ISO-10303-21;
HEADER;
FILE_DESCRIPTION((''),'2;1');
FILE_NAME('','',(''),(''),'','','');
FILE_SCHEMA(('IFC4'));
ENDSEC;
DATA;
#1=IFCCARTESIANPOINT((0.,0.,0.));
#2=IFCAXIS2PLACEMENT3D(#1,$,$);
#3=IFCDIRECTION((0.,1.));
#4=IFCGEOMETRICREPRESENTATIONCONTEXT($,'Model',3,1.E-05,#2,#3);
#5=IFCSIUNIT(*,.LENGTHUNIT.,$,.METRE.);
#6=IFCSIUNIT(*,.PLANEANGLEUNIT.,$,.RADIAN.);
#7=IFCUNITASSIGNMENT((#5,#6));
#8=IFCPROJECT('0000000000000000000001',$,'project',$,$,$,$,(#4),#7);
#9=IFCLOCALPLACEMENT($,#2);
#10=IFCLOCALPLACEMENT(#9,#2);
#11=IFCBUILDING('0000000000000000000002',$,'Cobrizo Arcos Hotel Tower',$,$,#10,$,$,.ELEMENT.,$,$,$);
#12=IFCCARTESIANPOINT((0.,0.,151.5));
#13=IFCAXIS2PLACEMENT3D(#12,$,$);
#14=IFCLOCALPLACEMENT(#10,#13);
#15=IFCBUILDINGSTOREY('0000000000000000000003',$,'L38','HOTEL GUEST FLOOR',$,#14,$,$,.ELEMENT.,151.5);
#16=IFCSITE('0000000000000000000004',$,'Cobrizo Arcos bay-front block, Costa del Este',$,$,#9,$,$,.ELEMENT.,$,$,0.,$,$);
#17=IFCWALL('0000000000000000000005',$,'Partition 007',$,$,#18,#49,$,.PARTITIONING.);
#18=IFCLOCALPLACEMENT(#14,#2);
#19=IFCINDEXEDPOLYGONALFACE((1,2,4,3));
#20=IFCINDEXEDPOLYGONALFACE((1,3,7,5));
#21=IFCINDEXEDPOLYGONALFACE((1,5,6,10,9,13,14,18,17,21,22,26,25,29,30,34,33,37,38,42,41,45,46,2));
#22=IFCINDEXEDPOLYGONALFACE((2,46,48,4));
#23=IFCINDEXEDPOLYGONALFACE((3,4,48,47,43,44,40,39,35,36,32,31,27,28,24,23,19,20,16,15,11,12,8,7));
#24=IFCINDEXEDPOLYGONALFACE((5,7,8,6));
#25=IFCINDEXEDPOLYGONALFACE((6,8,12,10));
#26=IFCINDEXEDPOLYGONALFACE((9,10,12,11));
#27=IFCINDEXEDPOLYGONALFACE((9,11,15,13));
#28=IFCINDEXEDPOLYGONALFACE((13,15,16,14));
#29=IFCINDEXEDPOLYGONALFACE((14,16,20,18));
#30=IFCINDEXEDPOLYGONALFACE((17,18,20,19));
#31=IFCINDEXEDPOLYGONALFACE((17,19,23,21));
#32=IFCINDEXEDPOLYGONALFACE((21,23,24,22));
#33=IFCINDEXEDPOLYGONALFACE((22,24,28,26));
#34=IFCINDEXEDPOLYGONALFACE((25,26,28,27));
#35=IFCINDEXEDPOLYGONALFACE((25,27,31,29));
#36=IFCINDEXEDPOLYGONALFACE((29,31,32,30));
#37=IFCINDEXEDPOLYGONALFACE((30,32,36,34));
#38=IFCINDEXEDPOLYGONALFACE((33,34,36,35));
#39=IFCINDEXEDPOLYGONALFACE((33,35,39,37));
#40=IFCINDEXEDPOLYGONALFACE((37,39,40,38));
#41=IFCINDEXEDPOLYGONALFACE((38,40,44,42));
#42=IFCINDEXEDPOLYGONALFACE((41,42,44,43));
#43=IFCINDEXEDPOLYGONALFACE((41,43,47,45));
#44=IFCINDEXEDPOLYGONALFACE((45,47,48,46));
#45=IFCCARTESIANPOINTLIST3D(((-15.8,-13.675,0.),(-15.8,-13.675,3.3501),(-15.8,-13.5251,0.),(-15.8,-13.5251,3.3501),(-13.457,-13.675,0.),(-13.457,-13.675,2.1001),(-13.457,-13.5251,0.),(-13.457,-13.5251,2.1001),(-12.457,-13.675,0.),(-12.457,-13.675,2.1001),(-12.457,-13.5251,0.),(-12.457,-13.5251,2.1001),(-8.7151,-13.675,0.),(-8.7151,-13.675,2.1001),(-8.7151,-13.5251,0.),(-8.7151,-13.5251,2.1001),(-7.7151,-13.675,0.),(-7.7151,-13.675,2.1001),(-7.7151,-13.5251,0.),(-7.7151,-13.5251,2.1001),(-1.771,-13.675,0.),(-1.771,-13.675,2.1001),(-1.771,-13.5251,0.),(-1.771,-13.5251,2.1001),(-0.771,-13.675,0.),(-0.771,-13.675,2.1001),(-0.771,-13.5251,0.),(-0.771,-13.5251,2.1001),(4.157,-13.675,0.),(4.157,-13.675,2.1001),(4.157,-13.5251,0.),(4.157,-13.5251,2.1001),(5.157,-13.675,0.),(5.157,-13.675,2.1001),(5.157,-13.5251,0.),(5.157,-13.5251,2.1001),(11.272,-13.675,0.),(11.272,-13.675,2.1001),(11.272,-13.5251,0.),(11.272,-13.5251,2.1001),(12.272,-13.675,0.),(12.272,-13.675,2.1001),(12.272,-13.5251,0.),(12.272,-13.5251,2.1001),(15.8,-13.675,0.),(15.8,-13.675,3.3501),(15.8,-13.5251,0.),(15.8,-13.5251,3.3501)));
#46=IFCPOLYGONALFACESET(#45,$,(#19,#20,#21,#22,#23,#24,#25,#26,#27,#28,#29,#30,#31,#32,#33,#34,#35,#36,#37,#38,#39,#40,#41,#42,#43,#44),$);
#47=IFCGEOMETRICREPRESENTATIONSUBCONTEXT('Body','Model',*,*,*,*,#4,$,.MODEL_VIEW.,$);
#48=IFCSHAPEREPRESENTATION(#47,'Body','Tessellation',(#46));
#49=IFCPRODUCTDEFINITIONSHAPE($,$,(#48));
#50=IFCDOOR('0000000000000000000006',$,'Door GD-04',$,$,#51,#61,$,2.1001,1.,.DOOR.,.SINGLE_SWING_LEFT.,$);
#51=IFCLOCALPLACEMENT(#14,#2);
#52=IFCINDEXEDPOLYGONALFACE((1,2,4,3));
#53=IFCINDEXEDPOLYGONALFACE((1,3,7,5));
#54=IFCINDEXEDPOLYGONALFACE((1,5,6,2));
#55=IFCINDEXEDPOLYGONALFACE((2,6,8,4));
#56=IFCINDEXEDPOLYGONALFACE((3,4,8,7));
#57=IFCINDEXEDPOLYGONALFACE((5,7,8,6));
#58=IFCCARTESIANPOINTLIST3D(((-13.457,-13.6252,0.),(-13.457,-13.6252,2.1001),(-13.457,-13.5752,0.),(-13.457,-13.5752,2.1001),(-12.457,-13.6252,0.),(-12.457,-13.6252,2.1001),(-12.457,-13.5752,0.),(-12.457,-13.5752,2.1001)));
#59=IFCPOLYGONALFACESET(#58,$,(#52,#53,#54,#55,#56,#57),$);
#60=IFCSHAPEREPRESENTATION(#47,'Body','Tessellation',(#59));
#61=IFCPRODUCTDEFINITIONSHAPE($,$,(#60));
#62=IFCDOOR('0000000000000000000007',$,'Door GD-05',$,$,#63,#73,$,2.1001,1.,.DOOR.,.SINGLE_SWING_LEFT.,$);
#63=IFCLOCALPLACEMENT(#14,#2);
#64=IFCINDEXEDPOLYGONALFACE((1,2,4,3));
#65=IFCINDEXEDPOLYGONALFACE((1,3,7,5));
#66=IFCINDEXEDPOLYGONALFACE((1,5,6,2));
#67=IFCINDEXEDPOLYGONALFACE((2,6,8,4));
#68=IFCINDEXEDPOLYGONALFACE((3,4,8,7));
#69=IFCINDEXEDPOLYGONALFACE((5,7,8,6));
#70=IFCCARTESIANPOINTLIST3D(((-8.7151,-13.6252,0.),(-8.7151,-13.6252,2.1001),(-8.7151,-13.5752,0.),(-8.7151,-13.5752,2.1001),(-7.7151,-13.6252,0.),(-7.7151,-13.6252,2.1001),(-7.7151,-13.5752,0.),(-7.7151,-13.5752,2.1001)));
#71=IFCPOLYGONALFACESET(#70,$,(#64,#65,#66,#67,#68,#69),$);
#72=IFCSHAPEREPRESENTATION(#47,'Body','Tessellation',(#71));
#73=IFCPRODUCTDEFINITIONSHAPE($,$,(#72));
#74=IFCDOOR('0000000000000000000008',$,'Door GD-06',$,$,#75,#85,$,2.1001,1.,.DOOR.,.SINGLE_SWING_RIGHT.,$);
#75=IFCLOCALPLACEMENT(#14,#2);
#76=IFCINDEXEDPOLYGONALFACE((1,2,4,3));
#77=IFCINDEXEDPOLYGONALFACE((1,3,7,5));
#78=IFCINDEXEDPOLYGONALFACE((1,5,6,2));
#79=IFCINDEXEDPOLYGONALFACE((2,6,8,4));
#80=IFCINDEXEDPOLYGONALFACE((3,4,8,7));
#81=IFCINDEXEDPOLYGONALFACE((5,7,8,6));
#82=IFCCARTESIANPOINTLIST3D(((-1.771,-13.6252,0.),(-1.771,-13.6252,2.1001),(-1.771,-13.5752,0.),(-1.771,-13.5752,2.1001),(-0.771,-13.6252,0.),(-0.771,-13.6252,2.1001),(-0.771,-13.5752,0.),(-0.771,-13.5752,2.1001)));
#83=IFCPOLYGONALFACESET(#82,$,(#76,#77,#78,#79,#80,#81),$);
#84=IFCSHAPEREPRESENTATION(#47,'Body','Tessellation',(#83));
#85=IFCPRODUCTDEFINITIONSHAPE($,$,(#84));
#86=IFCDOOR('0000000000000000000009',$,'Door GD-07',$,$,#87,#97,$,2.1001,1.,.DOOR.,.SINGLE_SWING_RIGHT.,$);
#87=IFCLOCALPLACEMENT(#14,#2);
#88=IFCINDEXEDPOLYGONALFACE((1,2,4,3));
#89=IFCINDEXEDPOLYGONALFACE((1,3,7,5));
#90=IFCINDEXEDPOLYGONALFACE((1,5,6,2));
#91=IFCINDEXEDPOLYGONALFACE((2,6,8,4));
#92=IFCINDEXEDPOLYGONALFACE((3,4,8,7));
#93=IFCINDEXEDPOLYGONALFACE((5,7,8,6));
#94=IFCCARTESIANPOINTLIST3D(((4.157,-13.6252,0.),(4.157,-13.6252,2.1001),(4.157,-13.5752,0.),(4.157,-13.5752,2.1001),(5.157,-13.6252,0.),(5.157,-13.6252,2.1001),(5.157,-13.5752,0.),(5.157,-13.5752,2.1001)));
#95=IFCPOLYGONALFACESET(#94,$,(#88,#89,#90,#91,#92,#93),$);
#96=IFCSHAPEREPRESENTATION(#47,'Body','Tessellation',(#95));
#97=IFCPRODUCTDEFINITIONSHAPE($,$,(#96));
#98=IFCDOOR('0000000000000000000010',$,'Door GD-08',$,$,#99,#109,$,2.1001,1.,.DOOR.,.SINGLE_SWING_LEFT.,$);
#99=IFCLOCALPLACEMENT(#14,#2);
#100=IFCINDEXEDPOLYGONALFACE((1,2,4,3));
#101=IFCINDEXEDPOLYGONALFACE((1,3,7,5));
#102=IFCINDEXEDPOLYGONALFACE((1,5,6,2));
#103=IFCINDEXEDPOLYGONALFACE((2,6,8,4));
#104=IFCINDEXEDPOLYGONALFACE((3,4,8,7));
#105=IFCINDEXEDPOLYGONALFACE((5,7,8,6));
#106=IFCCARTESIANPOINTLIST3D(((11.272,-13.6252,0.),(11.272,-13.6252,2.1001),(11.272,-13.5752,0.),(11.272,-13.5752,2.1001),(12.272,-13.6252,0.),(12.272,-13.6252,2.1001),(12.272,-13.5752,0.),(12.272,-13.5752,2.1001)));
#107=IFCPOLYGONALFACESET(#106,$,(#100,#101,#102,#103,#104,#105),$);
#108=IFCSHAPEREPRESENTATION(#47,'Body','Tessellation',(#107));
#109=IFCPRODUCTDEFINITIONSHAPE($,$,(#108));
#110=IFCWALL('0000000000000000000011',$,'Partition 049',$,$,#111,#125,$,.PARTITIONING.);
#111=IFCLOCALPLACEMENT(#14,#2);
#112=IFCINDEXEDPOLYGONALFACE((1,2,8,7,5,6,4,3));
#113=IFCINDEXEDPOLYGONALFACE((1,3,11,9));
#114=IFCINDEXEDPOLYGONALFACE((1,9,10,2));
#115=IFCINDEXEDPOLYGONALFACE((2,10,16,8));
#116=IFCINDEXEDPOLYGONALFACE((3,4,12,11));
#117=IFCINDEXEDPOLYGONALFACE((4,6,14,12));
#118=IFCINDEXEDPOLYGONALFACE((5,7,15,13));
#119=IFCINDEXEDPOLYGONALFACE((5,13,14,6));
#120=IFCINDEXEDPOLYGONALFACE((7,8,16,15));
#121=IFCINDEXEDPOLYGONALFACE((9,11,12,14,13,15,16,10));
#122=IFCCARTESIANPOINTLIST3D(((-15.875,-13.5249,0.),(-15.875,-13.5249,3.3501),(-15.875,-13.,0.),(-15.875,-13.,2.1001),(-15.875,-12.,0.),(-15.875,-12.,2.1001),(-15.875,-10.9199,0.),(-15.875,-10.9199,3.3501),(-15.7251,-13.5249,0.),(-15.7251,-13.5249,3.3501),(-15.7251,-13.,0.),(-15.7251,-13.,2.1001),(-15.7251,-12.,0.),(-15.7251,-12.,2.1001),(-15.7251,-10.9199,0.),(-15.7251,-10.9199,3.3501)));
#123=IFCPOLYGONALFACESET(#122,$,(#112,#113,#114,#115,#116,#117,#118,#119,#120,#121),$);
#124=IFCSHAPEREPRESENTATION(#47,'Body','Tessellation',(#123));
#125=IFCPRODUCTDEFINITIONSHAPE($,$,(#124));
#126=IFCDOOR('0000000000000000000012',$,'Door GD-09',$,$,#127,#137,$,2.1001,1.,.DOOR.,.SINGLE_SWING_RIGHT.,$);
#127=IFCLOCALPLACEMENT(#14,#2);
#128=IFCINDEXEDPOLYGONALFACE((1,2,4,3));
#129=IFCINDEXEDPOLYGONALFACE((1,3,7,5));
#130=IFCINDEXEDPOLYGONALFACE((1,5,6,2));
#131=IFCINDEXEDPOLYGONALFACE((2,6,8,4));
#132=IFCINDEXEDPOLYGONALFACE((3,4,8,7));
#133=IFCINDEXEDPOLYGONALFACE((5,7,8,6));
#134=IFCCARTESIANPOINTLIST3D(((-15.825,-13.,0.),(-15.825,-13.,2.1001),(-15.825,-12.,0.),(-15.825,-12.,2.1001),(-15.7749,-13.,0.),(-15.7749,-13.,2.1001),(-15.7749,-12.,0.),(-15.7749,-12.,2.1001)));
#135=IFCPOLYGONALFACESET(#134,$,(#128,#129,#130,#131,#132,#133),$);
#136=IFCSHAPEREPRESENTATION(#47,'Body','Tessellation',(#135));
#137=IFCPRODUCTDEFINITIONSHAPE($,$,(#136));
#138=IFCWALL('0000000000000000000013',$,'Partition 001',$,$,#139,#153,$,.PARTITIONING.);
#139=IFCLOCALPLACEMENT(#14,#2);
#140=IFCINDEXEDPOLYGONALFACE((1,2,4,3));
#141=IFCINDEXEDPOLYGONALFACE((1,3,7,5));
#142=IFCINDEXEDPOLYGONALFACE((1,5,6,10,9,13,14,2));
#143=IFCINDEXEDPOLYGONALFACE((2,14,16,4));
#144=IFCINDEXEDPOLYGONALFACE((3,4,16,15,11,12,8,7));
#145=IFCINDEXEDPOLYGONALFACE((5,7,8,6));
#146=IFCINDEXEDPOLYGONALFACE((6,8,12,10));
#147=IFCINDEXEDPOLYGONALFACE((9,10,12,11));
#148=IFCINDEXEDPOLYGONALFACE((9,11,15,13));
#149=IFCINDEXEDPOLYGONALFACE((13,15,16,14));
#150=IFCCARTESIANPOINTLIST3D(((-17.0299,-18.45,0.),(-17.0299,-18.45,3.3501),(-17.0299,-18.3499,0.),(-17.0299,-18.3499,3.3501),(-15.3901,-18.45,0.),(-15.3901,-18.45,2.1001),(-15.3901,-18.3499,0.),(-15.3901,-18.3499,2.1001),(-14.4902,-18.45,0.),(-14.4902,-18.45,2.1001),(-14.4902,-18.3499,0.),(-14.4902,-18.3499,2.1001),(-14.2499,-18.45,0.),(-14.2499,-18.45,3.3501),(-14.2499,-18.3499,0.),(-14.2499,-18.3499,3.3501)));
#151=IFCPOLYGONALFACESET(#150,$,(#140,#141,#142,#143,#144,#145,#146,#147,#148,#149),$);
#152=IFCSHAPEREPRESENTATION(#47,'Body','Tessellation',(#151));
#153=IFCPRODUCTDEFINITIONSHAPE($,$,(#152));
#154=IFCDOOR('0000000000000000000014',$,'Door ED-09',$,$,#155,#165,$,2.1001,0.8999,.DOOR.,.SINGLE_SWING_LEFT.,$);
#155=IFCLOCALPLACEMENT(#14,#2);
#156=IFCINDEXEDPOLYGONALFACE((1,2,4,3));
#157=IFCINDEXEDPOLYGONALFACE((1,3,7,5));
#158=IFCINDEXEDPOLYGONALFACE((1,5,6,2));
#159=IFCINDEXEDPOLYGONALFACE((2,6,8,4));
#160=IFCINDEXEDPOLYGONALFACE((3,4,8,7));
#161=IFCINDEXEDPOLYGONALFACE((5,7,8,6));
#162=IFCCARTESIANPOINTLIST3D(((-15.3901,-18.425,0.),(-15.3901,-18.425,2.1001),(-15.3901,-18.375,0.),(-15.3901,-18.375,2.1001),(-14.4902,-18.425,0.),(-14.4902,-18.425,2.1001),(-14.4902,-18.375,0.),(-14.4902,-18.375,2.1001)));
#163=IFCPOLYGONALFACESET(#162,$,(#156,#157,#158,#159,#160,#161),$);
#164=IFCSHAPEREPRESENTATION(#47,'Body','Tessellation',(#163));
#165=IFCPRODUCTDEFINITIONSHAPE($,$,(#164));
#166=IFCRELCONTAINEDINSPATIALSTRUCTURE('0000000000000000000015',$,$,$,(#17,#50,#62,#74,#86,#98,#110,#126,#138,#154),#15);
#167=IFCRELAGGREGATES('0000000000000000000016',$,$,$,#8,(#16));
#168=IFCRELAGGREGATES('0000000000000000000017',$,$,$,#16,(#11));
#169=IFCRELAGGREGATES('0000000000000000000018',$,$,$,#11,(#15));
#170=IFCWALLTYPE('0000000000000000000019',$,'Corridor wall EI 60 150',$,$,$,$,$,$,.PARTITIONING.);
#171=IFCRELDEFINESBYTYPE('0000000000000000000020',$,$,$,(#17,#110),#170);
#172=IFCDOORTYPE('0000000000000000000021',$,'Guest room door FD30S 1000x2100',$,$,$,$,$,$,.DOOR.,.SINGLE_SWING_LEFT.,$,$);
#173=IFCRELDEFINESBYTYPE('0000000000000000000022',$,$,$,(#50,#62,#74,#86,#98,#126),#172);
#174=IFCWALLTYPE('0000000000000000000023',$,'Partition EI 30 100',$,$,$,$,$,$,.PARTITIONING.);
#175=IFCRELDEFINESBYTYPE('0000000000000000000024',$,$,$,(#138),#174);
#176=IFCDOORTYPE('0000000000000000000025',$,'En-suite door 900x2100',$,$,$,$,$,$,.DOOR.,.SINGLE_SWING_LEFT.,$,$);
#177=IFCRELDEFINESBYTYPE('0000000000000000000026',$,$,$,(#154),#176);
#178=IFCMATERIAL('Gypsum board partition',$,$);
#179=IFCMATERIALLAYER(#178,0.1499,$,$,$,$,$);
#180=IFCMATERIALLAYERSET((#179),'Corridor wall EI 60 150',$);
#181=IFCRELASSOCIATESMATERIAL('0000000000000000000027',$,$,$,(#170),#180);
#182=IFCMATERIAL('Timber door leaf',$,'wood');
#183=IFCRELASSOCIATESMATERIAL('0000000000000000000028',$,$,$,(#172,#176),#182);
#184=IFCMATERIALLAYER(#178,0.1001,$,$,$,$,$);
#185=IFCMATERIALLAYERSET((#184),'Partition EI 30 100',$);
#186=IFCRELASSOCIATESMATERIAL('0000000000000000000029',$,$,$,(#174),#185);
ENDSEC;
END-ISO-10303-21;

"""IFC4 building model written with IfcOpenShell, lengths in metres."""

from ifc_helpers import new_model, si_unit, direction, frame, frame_2d, origin, place, context, subcontext, project, spatial, rectangle, extrude, material, layer, layer_set, type_object, element, fill, save


model = new_model("IFC4")

# Units and contexts
model_context = context("Model", 3, precision=1e-05, world=origin(), true_north=direction((0.0, 1.0)))
body_context = subcontext(model_context, "Body", "Model", "MODEL_VIEW")
ifc_project = project(units=[si_unit("LENGTHUNIT", "METRE"), si_unit("PLANEANGLEUNIT", "RADIAN")], contexts=[model_context])

# Site, building, storey
site_placement = place(None, origin())
site = spatial("IfcSite", under=ifc_project, at=site_placement, Name="Cobrizo Arcos bay-front block, Costa del Este", CompositionType="ELEMENT", RefElevation=0.0)
building_placement = place(site_placement, origin())
building = spatial("IfcBuilding", under=site, at=building_placement, Name="Cobrizo Arcos Hotel Tower", CompositionType="ELEMENT")
storey_placement = place(building_placement, frame((0.0, 0.0, 151.5)))
storey = spatial("IfcBuildingStorey", under=building, at=storey_placement, Name="L38", Description="HOTEL GUEST FLOOR", CompositionType="ELEMENT", Elevation=151.5)

# Wall, openings, doors
ifc_material_1 = material(Name="Gypsum board partition")
ifc_layer_1 = layer(ifc_material_1, 0.1499)
ifc_layer_set_1 = layer_set([ifc_layer_1], Name="Corridor wall EI 60 150")
wall_type_1 = type_object("IfcWallType", Name="Corridor wall EI 60 150", PredefinedType="PARTITIONING", material=ifc_layer_set_1)
wall_1_placement = place(storey_placement, frame((-15.8, -13.6001, 0.0), z_axis=(0.0, 0.0, 1.0), x_axis=(1.0, 0.0, 0.0)))
wall_1 = element("IfcWall", 1, at=wall_1_placement, inside=storey, type_object=wall_type_1, Name="Partition 007", PredefinedType="PARTITIONING", context=body_context, shape_type="SweptSolid", body=[
    extrude(rectangle(XDim=31.6001, YDim=0.1499, at=frame_2d((15.8, 0.0))), origin(), (0.0, 0.0, 1.0), 3.3501),
])
opening_1_placement = place(wall_1_placement, frame((2.343, 0.0, 0.0)))
opening_1 = element("IfcOpeningElement", 2, at=opening_1_placement, cuts=wall_1, PredefinedType="OPENING", context=body_context, shape_type="SweptSolid", body=[
    extrude(rectangle(XDim=1.0, YDim=2.1001, at=frame_2d((0.5, 1.05))), frame((0.0, 0.0869, 0.0), z_axis=(0.0, -1.0, 0.0), x_axis=(1.0, 0.0, 0.0)), (0.0, 0.0, 1.0), 0.1738),
])
opening_2_placement = place(wall_1_placement, frame((7.085, 0.0, 0.0)))
opening_2 = element("IfcOpeningElement", 3, at=opening_2_placement, cuts=wall_1, PredefinedType="OPENING", context=body_context, shape_type="SweptSolid", body=[
    extrude(rectangle(XDim=1.0, YDim=2.1001, at=frame_2d((0.5, 1.05))), frame((0.0, 0.0869, 0.0), z_axis=(0.0, -1.0, 0.0), x_axis=(1.0, 0.0, 0.0)), (0.0, 0.0, 1.0), 0.1738),
])
opening_3_placement = place(wall_1_placement, frame((14.0291, 0.0, 0.0)))
opening_3 = element("IfcOpeningElement", 4, at=opening_3_placement, cuts=wall_1, PredefinedType="OPENING", context=body_context, shape_type="SweptSolid", body=[
    extrude(rectangle(XDim=1.0, YDim=2.1001, at=frame_2d((0.5, 1.05))), frame((0.0, 0.0869, 0.0), z_axis=(0.0, -1.0, 0.0), x_axis=(1.0, 0.0, 0.0)), (0.0, 0.0, 1.0), 0.1738),
])
opening_4_placement = place(wall_1_placement, frame((19.957, 0.0, 0.0)))
opening_4 = element("IfcOpeningElement", 5, at=opening_4_placement, cuts=wall_1, PredefinedType="OPENING", context=body_context, shape_type="SweptSolid", body=[
    extrude(rectangle(XDim=1.0, YDim=2.1001, at=frame_2d((0.5, 1.05))), frame((0.0, 0.0869, 0.0), z_axis=(0.0, -1.0, 0.0), x_axis=(1.0, 0.0, 0.0)), (0.0, 0.0, 1.0), 0.1738),
])
opening_5_placement = place(wall_1_placement, frame((27.072, 0.0, 0.0)))
opening_5 = element("IfcOpeningElement", 6, at=opening_5_placement, cuts=wall_1, PredefinedType="OPENING", context=body_context, shape_type="SweptSolid", body=[
    extrude(rectangle(XDim=1.0, YDim=2.1001, at=frame_2d((0.5, 1.05))), frame((0.0, 0.0869, 0.0), z_axis=(0.0, -1.0, 0.0), x_axis=(1.0, 0.0, 0.0)), (0.0, 0.0, 1.0), 0.1738),
])
ifc_material_2 = material(Name="Timber door leaf", Category="wood")
door_type_1 = type_object("IfcDoorType", Name="Guest room door FD30S 1000x2100", OperationType="SINGLE_SWING_LEFT", PredefinedType="DOOR", material=ifc_material_2)
door_1_placement = place(opening_1_placement, origin())
door_1 = element("IfcDoor", 7, at=door_1_placement, inside=storey, type_object=door_type_1, Name="Door GD-04", OperationType="SINGLE_SWING_LEFT", OverallHeight=2.1001, OverallWidth=1.0, PredefinedType="DOOR", context=body_context, shape_type="SweptSolid", body=[
    extrude(rectangle(XDim=1.0, YDim=2.1001, at=frame_2d((0.5, 1.05))), frame((0.0, 0.0249, 0.0), z_axis=(0.0, -1.0, 0.0), x_axis=(1.0, 0.0, 0.0)), (0.0, 0.0, 1.0), 0.05),
])
fill(opening_1, door_1)
door_2_placement = place(opening_2_placement, origin())
door_2 = element("IfcDoor", 8, at=door_2_placement, inside=storey, type_object=door_type_1, Name="Door GD-05", OperationType="SINGLE_SWING_LEFT", OverallHeight=2.1001, OverallWidth=1.0, PredefinedType="DOOR", context=body_context, shape_type="SweptSolid", body=[
    extrude(rectangle(XDim=1.0, YDim=2.1001, at=frame_2d((0.5, 1.05))), frame((0.0, 0.0249, 0.0), z_axis=(0.0, -1.0, 0.0), x_axis=(1.0, 0.0, 0.0)), (0.0, 0.0, 1.0), 0.05),
])
fill(opening_2, door_2)
door_3_placement = place(opening_3_placement, origin())
door_3 = element("IfcDoor", 9, at=door_3_placement, inside=storey, type_object=door_type_1, Name="Door GD-06", OperationType="SINGLE_SWING_RIGHT", OverallHeight=2.1001, OverallWidth=1.0, PredefinedType="DOOR", context=body_context, shape_type="SweptSolid", body=[
    extrude(rectangle(XDim=1.0, YDim=2.1001, at=frame_2d((0.5, 1.05))), frame((0.0, 0.0249, 0.0), z_axis=(0.0, -1.0, 0.0), x_axis=(1.0, 0.0, 0.0)), (0.0, 0.0, 1.0), 0.05),
])
fill(opening_3, door_3)
door_4_placement = place(opening_4_placement, origin())
door_4 = element("IfcDoor", 10, at=door_4_placement, inside=storey, type_object=door_type_1, Name="Door GD-07", OperationType="SINGLE_SWING_RIGHT", OverallHeight=2.1001, OverallWidth=1.0, PredefinedType="DOOR", context=body_context, shape_type="SweptSolid", body=[
    extrude(rectangle(XDim=1.0, YDim=2.1001, at=frame_2d((0.5, 1.05))), frame((0.0, 0.0249, 0.0), z_axis=(0.0, -1.0, 0.0), x_axis=(1.0, 0.0, 0.0)), (0.0, 0.0, 1.0), 0.05),
])
fill(opening_4, door_4)
door_5_placement = place(opening_5_placement, origin())
door_5 = element("IfcDoor", 11, at=door_5_placement, inside=storey, type_object=door_type_1, Name="Door GD-08", OperationType="SINGLE_SWING_LEFT", OverallHeight=2.1001, OverallWidth=1.0, PredefinedType="DOOR", context=body_context, shape_type="SweptSolid", body=[
    extrude(rectangle(XDim=1.0, YDim=2.1001, at=frame_2d((0.5, 1.05))), frame((0.0, 0.0249, 0.0), z_axis=(0.0, -1.0, 0.0), x_axis=(1.0, 0.0, 0.0)), (0.0, 0.0, 1.0), 0.05),
])
fill(opening_5, door_5)

# Walls, openings, doors
wall_2_placement = place(storey_placement, frame((-15.8, -13.5249, 0.0), z_axis=(0.0, 0.0, 1.0), x_axis=(0.0, 1.0, 0.0)))
wall_2 = element("IfcWall", 12, at=wall_2_placement, inside=storey, type_object=wall_type_1, Name="Partition 049", PredefinedType="PARTITIONING", context=body_context, shape_type="SweptSolid", body=[
    extrude(rectangle(XDim=2.605, YDim=0.1499, at=frame_2d((1.3025, 0.0))), origin(), (0.0, 0.0, 1.0), 3.3501),
])
opening_6_placement = place(wall_2_placement, frame((0.5249, 0.0, 0.0)))
opening_6 = element("IfcOpeningElement", 13, at=opening_6_placement, cuts=wall_2, PredefinedType="OPENING", context=body_context, shape_type="SweptSolid", body=[
    extrude(rectangle(XDim=1.0, YDim=2.1001, at=frame_2d((0.5, 1.05))), frame((0.0, 0.0869, 0.0), z_axis=(0.0, -1.0, 0.0), x_axis=(1.0, 0.0, 0.0)), (0.0, 0.0, 1.0), 0.1738),
])
door_6_placement = place(opening_6_placement, origin())
door_6 = element("IfcDoor", 14, at=door_6_placement, inside=storey, type_object=door_type_1, Name="Door GD-09", OperationType="SINGLE_SWING_RIGHT", OverallHeight=2.1001, OverallWidth=1.0, PredefinedType="DOOR", context=body_context, shape_type="SweptSolid", body=[
    extrude(rectangle(XDim=1.0, YDim=2.1001, at=frame_2d((0.5, 1.05))), frame((0.0, 0.0249, 0.0), z_axis=(0.0, -1.0, 0.0), x_axis=(1.0, 0.0, 0.0)), (0.0, 0.0, 1.0), 0.05),
])
fill(opening_6, door_6)
ifc_layer_2 = layer(ifc_material_1, 0.1001)
ifc_layer_set_2 = layer_set([ifc_layer_2], Name="Partition EI 30 100")
wall_type_2 = type_object("IfcWallType", Name="Partition EI 30 100", PredefinedType="PARTITIONING", material=ifc_layer_set_2)
wall_3_placement = place(storey_placement, frame((-17.03, -18.3999, 0.0), z_axis=(0.0, 0.0, 1.0), x_axis=(1.0, 0.0, 0.0)))
wall_3 = element("IfcWall", 15, at=wall_3_placement, inside=storey, type_object=wall_type_2, Name="Partition 001", PredefinedType="PARTITIONING", context=body_context, shape_type="SweptSolid", body=[
    extrude(rectangle(XDim=2.78, YDim=0.1001, at=frame_2d((1.3901, 0.0))), origin(), (0.0, 0.0, 1.0), 3.3501),
])
opening_7_placement = place(wall_3_placement, frame((1.6399, 0.0, 0.0)))
opening_7 = element("IfcOpeningElement", 16, at=opening_7_placement, cuts=wall_3, PredefinedType="OPENING", context=body_context, shape_type="SweptSolid", body=[
    extrude(rectangle(XDim=0.8999, YDim=2.1001, at=frame_2d((0.45, 1.05))), frame((0.0, 0.062, 0.0), z_axis=(0.0, -1.0, 0.0), x_axis=(1.0, 0.0, 0.0)), (0.0, 0.0, 1.0), 0.124),
])
door_type_2 = type_object("IfcDoorType", Name="En-suite door 900x2100", OperationType="SINGLE_SWING_LEFT", PredefinedType="DOOR", material=ifc_material_2)
door_7_placement = place(opening_7_placement, origin())
door_7 = element("IfcDoor", 17, at=door_7_placement, inside=storey, type_object=door_type_2, Name="Door ED-09", OperationType="SINGLE_SWING_LEFT", OverallHeight=2.1001, OverallWidth=0.8999, PredefinedType="DOOR", context=body_context, shape_type="SweptSolid", body=[
    extrude(rectangle(XDim=0.8999, YDim=2.1001, at=frame_2d((0.45, 1.05))), frame((0.0, 0.0249, 0.0), z_axis=(0.0, -1.0, 0.0), x_axis=(1.0, 0.0, 0.0)), (0.0, 0.0, 1.0), 0.05),
])
fill(opening_7, door_7)

save(model, "model.ifc")
